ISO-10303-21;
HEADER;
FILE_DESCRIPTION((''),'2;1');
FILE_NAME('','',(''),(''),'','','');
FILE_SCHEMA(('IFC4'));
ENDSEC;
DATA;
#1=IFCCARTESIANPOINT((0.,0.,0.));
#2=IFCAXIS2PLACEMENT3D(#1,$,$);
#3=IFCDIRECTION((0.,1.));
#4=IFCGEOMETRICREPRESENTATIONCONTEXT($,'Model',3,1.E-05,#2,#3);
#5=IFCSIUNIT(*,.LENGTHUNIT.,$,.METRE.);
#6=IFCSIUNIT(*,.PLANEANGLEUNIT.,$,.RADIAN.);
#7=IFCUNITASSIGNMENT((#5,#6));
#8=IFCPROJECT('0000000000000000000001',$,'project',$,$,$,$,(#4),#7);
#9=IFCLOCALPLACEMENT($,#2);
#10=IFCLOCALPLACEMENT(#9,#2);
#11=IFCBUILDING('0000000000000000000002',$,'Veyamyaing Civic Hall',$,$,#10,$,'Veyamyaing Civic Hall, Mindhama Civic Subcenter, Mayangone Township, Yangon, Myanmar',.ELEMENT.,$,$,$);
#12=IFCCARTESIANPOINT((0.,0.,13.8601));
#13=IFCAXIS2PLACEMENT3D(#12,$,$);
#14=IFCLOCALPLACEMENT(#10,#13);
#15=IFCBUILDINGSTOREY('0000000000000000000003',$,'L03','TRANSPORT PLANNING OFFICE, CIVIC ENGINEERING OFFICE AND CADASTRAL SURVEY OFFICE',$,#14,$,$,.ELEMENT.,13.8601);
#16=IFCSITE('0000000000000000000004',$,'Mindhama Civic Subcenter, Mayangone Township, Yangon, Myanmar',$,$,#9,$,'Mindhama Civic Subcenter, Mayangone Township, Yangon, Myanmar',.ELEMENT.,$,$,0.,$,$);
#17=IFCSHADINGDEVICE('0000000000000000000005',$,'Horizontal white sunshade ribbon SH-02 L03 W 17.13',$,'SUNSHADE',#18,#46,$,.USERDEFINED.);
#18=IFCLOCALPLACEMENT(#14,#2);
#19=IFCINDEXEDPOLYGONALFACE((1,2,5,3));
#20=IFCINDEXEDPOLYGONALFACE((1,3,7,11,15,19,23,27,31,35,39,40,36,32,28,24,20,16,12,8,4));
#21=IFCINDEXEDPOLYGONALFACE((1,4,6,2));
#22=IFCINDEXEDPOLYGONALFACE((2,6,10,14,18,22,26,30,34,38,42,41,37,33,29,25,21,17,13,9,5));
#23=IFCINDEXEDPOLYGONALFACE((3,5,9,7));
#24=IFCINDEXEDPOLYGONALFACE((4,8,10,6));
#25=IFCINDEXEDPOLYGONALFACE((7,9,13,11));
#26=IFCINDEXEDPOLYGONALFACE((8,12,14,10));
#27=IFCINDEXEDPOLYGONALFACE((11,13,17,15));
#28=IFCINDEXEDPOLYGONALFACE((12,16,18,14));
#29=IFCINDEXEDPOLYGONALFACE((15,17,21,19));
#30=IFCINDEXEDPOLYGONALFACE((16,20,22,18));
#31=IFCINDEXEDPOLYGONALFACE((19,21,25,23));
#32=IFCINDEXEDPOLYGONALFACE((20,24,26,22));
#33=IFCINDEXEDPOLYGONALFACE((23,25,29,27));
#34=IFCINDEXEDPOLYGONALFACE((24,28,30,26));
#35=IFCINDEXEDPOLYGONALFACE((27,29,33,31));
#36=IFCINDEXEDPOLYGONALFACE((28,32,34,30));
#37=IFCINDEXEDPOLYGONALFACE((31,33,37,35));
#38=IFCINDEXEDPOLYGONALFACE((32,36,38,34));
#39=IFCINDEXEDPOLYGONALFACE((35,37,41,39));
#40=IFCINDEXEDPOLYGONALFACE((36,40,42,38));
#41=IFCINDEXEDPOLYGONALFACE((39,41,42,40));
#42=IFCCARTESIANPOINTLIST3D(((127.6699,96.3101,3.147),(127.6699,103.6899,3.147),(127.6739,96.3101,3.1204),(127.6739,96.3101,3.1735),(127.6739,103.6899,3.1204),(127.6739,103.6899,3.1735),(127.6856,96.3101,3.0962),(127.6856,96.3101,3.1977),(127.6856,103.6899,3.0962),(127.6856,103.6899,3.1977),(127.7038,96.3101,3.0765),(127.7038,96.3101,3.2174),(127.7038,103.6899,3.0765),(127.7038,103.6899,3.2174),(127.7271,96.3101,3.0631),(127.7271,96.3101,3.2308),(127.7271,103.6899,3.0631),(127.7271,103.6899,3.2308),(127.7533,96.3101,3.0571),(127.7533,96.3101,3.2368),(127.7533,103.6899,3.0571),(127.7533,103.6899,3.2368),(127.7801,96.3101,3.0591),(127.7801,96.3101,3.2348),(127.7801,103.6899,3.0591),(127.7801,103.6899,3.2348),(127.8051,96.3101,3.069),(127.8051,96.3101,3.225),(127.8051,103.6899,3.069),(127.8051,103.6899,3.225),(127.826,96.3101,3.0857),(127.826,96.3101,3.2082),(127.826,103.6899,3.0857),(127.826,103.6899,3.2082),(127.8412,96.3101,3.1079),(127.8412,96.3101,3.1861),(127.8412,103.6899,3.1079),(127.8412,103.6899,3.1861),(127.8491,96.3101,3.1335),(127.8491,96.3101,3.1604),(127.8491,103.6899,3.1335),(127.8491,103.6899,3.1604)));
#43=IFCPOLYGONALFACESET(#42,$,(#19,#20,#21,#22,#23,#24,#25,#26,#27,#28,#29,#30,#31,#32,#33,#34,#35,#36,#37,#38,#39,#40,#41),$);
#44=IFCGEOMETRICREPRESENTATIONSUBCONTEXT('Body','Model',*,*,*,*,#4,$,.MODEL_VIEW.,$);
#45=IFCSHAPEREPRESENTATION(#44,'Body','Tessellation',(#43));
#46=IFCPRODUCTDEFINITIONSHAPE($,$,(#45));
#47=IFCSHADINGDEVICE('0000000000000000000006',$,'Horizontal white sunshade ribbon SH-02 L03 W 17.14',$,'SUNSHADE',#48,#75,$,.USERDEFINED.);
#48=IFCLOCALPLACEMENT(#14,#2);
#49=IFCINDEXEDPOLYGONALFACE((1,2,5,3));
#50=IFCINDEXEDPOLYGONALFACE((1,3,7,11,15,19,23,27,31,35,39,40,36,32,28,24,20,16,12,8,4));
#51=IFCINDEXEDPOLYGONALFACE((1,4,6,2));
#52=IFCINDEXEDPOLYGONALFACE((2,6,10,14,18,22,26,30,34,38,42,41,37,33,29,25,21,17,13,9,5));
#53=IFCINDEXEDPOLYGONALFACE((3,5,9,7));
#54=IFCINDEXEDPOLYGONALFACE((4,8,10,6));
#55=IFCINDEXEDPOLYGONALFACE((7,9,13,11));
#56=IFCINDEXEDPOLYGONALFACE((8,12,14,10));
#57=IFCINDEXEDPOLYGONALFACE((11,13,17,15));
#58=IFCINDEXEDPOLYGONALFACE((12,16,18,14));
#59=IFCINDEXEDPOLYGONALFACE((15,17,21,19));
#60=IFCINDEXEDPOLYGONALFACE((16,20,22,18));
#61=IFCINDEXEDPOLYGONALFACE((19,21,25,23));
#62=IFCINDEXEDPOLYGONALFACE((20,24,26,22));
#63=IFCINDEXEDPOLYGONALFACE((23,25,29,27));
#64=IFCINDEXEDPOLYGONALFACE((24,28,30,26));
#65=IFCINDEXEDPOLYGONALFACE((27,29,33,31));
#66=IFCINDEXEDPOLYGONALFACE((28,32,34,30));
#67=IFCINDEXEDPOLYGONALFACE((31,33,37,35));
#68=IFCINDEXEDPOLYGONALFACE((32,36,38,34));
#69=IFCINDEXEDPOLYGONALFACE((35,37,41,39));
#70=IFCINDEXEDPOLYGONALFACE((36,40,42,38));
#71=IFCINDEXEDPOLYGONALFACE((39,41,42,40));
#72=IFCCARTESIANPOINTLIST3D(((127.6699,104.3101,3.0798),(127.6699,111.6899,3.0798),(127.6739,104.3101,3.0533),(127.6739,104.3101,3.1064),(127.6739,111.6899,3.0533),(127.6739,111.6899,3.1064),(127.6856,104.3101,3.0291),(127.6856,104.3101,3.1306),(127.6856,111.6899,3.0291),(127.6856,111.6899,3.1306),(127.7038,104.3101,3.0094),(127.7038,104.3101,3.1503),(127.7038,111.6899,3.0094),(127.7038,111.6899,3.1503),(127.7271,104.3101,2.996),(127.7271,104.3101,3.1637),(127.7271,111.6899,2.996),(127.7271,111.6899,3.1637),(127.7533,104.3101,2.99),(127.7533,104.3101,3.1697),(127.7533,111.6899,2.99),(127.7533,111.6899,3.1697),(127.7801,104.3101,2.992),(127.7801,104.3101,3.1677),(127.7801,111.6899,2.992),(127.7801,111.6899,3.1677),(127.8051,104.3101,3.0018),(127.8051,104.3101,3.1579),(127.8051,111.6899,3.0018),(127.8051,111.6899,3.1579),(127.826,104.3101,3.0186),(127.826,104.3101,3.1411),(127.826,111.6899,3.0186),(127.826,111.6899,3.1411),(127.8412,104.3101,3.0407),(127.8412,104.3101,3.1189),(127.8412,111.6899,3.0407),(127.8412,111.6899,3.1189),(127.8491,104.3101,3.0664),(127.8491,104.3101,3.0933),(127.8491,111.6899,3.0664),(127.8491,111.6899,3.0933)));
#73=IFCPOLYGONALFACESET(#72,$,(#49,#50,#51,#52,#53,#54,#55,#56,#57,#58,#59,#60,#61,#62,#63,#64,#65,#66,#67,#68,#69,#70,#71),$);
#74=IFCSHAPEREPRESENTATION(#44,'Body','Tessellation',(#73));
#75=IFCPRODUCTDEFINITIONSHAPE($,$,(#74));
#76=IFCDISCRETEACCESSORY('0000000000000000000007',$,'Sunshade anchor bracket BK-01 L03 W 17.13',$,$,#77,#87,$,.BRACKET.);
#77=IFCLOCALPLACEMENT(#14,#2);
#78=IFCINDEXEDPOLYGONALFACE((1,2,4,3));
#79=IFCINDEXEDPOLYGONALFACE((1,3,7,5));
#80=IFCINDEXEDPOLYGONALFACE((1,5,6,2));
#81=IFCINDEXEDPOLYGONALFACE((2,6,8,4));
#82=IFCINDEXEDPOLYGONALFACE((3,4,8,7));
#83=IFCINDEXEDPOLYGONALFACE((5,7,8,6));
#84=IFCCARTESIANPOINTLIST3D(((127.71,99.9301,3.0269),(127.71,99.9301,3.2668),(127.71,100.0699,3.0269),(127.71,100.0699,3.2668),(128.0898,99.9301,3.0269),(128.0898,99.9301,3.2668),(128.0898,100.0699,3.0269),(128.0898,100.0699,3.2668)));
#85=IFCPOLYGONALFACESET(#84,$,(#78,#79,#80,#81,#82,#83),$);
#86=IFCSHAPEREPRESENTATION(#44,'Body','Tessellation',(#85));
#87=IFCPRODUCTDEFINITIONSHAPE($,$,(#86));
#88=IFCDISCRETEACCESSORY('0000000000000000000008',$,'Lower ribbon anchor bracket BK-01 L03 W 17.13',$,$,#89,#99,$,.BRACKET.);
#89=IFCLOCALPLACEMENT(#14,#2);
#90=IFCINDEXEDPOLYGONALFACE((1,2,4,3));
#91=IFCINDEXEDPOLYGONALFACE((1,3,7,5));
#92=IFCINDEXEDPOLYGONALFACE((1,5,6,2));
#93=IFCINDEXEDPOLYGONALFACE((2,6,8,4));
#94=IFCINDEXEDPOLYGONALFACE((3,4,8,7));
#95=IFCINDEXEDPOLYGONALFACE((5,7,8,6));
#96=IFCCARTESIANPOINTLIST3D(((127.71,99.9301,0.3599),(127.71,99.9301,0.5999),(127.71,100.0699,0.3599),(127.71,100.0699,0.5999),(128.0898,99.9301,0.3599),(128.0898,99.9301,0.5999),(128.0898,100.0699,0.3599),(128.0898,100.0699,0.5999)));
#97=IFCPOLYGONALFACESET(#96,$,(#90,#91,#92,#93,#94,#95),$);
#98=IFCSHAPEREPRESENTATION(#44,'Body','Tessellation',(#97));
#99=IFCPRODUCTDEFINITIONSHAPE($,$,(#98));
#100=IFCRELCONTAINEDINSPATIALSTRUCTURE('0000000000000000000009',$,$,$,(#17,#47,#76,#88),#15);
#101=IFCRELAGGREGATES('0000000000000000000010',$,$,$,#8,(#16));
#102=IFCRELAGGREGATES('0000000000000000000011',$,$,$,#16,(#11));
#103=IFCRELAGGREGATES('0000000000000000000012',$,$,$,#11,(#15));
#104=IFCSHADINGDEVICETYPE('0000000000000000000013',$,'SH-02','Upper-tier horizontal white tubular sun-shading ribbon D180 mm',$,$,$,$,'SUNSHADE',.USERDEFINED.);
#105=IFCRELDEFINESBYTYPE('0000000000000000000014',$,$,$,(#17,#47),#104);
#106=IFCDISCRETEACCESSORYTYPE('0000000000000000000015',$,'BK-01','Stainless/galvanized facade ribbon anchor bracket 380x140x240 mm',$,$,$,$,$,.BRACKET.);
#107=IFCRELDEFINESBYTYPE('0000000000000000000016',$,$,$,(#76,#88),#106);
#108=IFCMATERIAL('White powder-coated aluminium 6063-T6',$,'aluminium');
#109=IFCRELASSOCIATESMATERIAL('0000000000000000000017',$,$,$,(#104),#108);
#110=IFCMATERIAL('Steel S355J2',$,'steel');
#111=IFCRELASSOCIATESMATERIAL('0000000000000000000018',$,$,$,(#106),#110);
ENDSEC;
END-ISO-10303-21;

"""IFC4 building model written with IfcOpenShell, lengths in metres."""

from ifc_helpers import new_model, si_unit, direction, frame, origin, origin_2d, place, context, subcontext, project, spatial, rectangle, circle, extrude, material, material_profile, profile_set, type_object, element, save


model = new_model("IFC4")

# Units and contexts
model_context = context("Model", 3, precision=1e-05, world=origin(), true_north=direction((0.0, 1.0)))
body_context = subcontext(model_context, "Body", "Model", "MODEL_VIEW")
ifc_project = project(units=[si_unit("LENGTHUNIT", "METRE"), si_unit("PLANEANGLEUNIT", "RADIAN")], contexts=[model_context])

# Site, building, storey
site_placement = place(None, origin())
site = spatial("IfcSite", under=ifc_project, at=site_placement, Name="Mindhama Civic Subcenter, Mayangone Township, Yangon, Myanmar", LongName="Mindhama Civic Subcenter, Mayangone Township, Yangon, Myanmar", CompositionType="ELEMENT", RefElevation=0.0)
building_placement = place(site_placement, origin())
building = spatial("IfcBuilding", under=site, at=building_placement, Name="Veyamyaing Civic Hall", LongName="Veyamyaing Civic Hall, Mindhama Civic Subcenter, Mayangone Township, Yangon, Myanmar", CompositionType="ELEMENT")
storey_placement = place(building_placement, frame((0.0, 0.0, 13.8601)))
storey = spatial("IfcBuildingStorey", under=building, at=storey_placement, Name="L03", Description="TRANSPORT PLANNING OFFICE, CIVIC ENGINEERING OFFICE AND CADASTRAL SURVEY OFFICE", CompositionType="ELEMENT", Elevation=13.8601)

# Shared definitions
ifc_material_1 = material(Name="White powder-coated aluminium 6063-T6", Category="aluminium")

# Shading devices
ifc_material_profile_1 = material_profile(ifc_material_1, circle(Radius=0.0901, at=origin_2d()), Name="SHADE-TUBE-180")
ifc_profile_set_1 = profile_set([ifc_material_profile_1], Name="White powder-coated aluminium 6063-T6")
shading_device_type = type_object("IfcShadingDeviceType", Name="SH-02", Description="Upper-tier horizontal white tubular sun-shading ribbon D180 mm", ElementType="SUNSHADE", PredefinedType="USERDEFINED", material=ifc_profile_set_1)
for number, where, z_axis, x_axis, name in (
    (1, (127.76, 96.3101, 3.147), (0.0, 1.0, 0.0), (-1.0, 0.0, 0.0), "Horizontal white sunshade ribbon SH-02 L03 W 17.13"),
    (2, (127.76, 104.3101, 3.0798), (0.0, 1.0, 0.0), (-1.0, 0.0, 0.0), "Horizontal white sunshade ribbon SH-02 L03 W 17.14"),
):
    element("IfcShadingDevice", number, at=place(storey_placement, frame(where, z_axis=z_axis, x_axis=x_axis)), inside=storey, type_object=shading_device_type, Name=name, ObjectType="SUNSHADE", PredefinedType="USERDEFINED", context=body_context, shape_type="SweptSolid", body=[
        extrude(circle(Radius=0.0901, at=origin_2d()), origin(), (0.0, 0.0, 1.0), 7.3799),
    ])

# Discrete accessories
ifc_material_2 = material(Name="Steel S355J2", Category="steel")
discrete_accessory_type = type_object("IfcDiscreteAccessoryType", Name="BK-01", Description="Stainless/galvanized facade ribbon anchor bracket 380x140x240 mm", PredefinedType="BRACKET", material=ifc_material_2)
for number, where, z_axis, x_axis, name in (
    (3, (127.8999, 100.0, 3.0269), (0.0, 0.0, 1.0), (-1.0, 0.0, 0.0), "Sunshade anchor bracket BK-01 L03 W 17.13"),
    (4, (127.8999, 100.0, 0.3599), (0.0, 0.0, 1.0), (-1.0, 0.0, 0.0), "Lower ribbon anchor bracket BK-01 L03 W 17.13"),
):
    element("IfcDiscreteAccessory", number, at=place(storey_placement, frame(where, z_axis=z_axis, x_axis=x_axis)), inside=storey, type_object=discrete_accessory_type, Name=name, PredefinedType="BRACKET", context=body_context, shape_type="SweptSolid", body=[
        extrude(rectangle(XDim=0.3799, YDim=0.1399, at=origin_2d()), origin(), (0.0, 0.0, 1.0), 0.24),
    ])

save(model, "model.ifc")
